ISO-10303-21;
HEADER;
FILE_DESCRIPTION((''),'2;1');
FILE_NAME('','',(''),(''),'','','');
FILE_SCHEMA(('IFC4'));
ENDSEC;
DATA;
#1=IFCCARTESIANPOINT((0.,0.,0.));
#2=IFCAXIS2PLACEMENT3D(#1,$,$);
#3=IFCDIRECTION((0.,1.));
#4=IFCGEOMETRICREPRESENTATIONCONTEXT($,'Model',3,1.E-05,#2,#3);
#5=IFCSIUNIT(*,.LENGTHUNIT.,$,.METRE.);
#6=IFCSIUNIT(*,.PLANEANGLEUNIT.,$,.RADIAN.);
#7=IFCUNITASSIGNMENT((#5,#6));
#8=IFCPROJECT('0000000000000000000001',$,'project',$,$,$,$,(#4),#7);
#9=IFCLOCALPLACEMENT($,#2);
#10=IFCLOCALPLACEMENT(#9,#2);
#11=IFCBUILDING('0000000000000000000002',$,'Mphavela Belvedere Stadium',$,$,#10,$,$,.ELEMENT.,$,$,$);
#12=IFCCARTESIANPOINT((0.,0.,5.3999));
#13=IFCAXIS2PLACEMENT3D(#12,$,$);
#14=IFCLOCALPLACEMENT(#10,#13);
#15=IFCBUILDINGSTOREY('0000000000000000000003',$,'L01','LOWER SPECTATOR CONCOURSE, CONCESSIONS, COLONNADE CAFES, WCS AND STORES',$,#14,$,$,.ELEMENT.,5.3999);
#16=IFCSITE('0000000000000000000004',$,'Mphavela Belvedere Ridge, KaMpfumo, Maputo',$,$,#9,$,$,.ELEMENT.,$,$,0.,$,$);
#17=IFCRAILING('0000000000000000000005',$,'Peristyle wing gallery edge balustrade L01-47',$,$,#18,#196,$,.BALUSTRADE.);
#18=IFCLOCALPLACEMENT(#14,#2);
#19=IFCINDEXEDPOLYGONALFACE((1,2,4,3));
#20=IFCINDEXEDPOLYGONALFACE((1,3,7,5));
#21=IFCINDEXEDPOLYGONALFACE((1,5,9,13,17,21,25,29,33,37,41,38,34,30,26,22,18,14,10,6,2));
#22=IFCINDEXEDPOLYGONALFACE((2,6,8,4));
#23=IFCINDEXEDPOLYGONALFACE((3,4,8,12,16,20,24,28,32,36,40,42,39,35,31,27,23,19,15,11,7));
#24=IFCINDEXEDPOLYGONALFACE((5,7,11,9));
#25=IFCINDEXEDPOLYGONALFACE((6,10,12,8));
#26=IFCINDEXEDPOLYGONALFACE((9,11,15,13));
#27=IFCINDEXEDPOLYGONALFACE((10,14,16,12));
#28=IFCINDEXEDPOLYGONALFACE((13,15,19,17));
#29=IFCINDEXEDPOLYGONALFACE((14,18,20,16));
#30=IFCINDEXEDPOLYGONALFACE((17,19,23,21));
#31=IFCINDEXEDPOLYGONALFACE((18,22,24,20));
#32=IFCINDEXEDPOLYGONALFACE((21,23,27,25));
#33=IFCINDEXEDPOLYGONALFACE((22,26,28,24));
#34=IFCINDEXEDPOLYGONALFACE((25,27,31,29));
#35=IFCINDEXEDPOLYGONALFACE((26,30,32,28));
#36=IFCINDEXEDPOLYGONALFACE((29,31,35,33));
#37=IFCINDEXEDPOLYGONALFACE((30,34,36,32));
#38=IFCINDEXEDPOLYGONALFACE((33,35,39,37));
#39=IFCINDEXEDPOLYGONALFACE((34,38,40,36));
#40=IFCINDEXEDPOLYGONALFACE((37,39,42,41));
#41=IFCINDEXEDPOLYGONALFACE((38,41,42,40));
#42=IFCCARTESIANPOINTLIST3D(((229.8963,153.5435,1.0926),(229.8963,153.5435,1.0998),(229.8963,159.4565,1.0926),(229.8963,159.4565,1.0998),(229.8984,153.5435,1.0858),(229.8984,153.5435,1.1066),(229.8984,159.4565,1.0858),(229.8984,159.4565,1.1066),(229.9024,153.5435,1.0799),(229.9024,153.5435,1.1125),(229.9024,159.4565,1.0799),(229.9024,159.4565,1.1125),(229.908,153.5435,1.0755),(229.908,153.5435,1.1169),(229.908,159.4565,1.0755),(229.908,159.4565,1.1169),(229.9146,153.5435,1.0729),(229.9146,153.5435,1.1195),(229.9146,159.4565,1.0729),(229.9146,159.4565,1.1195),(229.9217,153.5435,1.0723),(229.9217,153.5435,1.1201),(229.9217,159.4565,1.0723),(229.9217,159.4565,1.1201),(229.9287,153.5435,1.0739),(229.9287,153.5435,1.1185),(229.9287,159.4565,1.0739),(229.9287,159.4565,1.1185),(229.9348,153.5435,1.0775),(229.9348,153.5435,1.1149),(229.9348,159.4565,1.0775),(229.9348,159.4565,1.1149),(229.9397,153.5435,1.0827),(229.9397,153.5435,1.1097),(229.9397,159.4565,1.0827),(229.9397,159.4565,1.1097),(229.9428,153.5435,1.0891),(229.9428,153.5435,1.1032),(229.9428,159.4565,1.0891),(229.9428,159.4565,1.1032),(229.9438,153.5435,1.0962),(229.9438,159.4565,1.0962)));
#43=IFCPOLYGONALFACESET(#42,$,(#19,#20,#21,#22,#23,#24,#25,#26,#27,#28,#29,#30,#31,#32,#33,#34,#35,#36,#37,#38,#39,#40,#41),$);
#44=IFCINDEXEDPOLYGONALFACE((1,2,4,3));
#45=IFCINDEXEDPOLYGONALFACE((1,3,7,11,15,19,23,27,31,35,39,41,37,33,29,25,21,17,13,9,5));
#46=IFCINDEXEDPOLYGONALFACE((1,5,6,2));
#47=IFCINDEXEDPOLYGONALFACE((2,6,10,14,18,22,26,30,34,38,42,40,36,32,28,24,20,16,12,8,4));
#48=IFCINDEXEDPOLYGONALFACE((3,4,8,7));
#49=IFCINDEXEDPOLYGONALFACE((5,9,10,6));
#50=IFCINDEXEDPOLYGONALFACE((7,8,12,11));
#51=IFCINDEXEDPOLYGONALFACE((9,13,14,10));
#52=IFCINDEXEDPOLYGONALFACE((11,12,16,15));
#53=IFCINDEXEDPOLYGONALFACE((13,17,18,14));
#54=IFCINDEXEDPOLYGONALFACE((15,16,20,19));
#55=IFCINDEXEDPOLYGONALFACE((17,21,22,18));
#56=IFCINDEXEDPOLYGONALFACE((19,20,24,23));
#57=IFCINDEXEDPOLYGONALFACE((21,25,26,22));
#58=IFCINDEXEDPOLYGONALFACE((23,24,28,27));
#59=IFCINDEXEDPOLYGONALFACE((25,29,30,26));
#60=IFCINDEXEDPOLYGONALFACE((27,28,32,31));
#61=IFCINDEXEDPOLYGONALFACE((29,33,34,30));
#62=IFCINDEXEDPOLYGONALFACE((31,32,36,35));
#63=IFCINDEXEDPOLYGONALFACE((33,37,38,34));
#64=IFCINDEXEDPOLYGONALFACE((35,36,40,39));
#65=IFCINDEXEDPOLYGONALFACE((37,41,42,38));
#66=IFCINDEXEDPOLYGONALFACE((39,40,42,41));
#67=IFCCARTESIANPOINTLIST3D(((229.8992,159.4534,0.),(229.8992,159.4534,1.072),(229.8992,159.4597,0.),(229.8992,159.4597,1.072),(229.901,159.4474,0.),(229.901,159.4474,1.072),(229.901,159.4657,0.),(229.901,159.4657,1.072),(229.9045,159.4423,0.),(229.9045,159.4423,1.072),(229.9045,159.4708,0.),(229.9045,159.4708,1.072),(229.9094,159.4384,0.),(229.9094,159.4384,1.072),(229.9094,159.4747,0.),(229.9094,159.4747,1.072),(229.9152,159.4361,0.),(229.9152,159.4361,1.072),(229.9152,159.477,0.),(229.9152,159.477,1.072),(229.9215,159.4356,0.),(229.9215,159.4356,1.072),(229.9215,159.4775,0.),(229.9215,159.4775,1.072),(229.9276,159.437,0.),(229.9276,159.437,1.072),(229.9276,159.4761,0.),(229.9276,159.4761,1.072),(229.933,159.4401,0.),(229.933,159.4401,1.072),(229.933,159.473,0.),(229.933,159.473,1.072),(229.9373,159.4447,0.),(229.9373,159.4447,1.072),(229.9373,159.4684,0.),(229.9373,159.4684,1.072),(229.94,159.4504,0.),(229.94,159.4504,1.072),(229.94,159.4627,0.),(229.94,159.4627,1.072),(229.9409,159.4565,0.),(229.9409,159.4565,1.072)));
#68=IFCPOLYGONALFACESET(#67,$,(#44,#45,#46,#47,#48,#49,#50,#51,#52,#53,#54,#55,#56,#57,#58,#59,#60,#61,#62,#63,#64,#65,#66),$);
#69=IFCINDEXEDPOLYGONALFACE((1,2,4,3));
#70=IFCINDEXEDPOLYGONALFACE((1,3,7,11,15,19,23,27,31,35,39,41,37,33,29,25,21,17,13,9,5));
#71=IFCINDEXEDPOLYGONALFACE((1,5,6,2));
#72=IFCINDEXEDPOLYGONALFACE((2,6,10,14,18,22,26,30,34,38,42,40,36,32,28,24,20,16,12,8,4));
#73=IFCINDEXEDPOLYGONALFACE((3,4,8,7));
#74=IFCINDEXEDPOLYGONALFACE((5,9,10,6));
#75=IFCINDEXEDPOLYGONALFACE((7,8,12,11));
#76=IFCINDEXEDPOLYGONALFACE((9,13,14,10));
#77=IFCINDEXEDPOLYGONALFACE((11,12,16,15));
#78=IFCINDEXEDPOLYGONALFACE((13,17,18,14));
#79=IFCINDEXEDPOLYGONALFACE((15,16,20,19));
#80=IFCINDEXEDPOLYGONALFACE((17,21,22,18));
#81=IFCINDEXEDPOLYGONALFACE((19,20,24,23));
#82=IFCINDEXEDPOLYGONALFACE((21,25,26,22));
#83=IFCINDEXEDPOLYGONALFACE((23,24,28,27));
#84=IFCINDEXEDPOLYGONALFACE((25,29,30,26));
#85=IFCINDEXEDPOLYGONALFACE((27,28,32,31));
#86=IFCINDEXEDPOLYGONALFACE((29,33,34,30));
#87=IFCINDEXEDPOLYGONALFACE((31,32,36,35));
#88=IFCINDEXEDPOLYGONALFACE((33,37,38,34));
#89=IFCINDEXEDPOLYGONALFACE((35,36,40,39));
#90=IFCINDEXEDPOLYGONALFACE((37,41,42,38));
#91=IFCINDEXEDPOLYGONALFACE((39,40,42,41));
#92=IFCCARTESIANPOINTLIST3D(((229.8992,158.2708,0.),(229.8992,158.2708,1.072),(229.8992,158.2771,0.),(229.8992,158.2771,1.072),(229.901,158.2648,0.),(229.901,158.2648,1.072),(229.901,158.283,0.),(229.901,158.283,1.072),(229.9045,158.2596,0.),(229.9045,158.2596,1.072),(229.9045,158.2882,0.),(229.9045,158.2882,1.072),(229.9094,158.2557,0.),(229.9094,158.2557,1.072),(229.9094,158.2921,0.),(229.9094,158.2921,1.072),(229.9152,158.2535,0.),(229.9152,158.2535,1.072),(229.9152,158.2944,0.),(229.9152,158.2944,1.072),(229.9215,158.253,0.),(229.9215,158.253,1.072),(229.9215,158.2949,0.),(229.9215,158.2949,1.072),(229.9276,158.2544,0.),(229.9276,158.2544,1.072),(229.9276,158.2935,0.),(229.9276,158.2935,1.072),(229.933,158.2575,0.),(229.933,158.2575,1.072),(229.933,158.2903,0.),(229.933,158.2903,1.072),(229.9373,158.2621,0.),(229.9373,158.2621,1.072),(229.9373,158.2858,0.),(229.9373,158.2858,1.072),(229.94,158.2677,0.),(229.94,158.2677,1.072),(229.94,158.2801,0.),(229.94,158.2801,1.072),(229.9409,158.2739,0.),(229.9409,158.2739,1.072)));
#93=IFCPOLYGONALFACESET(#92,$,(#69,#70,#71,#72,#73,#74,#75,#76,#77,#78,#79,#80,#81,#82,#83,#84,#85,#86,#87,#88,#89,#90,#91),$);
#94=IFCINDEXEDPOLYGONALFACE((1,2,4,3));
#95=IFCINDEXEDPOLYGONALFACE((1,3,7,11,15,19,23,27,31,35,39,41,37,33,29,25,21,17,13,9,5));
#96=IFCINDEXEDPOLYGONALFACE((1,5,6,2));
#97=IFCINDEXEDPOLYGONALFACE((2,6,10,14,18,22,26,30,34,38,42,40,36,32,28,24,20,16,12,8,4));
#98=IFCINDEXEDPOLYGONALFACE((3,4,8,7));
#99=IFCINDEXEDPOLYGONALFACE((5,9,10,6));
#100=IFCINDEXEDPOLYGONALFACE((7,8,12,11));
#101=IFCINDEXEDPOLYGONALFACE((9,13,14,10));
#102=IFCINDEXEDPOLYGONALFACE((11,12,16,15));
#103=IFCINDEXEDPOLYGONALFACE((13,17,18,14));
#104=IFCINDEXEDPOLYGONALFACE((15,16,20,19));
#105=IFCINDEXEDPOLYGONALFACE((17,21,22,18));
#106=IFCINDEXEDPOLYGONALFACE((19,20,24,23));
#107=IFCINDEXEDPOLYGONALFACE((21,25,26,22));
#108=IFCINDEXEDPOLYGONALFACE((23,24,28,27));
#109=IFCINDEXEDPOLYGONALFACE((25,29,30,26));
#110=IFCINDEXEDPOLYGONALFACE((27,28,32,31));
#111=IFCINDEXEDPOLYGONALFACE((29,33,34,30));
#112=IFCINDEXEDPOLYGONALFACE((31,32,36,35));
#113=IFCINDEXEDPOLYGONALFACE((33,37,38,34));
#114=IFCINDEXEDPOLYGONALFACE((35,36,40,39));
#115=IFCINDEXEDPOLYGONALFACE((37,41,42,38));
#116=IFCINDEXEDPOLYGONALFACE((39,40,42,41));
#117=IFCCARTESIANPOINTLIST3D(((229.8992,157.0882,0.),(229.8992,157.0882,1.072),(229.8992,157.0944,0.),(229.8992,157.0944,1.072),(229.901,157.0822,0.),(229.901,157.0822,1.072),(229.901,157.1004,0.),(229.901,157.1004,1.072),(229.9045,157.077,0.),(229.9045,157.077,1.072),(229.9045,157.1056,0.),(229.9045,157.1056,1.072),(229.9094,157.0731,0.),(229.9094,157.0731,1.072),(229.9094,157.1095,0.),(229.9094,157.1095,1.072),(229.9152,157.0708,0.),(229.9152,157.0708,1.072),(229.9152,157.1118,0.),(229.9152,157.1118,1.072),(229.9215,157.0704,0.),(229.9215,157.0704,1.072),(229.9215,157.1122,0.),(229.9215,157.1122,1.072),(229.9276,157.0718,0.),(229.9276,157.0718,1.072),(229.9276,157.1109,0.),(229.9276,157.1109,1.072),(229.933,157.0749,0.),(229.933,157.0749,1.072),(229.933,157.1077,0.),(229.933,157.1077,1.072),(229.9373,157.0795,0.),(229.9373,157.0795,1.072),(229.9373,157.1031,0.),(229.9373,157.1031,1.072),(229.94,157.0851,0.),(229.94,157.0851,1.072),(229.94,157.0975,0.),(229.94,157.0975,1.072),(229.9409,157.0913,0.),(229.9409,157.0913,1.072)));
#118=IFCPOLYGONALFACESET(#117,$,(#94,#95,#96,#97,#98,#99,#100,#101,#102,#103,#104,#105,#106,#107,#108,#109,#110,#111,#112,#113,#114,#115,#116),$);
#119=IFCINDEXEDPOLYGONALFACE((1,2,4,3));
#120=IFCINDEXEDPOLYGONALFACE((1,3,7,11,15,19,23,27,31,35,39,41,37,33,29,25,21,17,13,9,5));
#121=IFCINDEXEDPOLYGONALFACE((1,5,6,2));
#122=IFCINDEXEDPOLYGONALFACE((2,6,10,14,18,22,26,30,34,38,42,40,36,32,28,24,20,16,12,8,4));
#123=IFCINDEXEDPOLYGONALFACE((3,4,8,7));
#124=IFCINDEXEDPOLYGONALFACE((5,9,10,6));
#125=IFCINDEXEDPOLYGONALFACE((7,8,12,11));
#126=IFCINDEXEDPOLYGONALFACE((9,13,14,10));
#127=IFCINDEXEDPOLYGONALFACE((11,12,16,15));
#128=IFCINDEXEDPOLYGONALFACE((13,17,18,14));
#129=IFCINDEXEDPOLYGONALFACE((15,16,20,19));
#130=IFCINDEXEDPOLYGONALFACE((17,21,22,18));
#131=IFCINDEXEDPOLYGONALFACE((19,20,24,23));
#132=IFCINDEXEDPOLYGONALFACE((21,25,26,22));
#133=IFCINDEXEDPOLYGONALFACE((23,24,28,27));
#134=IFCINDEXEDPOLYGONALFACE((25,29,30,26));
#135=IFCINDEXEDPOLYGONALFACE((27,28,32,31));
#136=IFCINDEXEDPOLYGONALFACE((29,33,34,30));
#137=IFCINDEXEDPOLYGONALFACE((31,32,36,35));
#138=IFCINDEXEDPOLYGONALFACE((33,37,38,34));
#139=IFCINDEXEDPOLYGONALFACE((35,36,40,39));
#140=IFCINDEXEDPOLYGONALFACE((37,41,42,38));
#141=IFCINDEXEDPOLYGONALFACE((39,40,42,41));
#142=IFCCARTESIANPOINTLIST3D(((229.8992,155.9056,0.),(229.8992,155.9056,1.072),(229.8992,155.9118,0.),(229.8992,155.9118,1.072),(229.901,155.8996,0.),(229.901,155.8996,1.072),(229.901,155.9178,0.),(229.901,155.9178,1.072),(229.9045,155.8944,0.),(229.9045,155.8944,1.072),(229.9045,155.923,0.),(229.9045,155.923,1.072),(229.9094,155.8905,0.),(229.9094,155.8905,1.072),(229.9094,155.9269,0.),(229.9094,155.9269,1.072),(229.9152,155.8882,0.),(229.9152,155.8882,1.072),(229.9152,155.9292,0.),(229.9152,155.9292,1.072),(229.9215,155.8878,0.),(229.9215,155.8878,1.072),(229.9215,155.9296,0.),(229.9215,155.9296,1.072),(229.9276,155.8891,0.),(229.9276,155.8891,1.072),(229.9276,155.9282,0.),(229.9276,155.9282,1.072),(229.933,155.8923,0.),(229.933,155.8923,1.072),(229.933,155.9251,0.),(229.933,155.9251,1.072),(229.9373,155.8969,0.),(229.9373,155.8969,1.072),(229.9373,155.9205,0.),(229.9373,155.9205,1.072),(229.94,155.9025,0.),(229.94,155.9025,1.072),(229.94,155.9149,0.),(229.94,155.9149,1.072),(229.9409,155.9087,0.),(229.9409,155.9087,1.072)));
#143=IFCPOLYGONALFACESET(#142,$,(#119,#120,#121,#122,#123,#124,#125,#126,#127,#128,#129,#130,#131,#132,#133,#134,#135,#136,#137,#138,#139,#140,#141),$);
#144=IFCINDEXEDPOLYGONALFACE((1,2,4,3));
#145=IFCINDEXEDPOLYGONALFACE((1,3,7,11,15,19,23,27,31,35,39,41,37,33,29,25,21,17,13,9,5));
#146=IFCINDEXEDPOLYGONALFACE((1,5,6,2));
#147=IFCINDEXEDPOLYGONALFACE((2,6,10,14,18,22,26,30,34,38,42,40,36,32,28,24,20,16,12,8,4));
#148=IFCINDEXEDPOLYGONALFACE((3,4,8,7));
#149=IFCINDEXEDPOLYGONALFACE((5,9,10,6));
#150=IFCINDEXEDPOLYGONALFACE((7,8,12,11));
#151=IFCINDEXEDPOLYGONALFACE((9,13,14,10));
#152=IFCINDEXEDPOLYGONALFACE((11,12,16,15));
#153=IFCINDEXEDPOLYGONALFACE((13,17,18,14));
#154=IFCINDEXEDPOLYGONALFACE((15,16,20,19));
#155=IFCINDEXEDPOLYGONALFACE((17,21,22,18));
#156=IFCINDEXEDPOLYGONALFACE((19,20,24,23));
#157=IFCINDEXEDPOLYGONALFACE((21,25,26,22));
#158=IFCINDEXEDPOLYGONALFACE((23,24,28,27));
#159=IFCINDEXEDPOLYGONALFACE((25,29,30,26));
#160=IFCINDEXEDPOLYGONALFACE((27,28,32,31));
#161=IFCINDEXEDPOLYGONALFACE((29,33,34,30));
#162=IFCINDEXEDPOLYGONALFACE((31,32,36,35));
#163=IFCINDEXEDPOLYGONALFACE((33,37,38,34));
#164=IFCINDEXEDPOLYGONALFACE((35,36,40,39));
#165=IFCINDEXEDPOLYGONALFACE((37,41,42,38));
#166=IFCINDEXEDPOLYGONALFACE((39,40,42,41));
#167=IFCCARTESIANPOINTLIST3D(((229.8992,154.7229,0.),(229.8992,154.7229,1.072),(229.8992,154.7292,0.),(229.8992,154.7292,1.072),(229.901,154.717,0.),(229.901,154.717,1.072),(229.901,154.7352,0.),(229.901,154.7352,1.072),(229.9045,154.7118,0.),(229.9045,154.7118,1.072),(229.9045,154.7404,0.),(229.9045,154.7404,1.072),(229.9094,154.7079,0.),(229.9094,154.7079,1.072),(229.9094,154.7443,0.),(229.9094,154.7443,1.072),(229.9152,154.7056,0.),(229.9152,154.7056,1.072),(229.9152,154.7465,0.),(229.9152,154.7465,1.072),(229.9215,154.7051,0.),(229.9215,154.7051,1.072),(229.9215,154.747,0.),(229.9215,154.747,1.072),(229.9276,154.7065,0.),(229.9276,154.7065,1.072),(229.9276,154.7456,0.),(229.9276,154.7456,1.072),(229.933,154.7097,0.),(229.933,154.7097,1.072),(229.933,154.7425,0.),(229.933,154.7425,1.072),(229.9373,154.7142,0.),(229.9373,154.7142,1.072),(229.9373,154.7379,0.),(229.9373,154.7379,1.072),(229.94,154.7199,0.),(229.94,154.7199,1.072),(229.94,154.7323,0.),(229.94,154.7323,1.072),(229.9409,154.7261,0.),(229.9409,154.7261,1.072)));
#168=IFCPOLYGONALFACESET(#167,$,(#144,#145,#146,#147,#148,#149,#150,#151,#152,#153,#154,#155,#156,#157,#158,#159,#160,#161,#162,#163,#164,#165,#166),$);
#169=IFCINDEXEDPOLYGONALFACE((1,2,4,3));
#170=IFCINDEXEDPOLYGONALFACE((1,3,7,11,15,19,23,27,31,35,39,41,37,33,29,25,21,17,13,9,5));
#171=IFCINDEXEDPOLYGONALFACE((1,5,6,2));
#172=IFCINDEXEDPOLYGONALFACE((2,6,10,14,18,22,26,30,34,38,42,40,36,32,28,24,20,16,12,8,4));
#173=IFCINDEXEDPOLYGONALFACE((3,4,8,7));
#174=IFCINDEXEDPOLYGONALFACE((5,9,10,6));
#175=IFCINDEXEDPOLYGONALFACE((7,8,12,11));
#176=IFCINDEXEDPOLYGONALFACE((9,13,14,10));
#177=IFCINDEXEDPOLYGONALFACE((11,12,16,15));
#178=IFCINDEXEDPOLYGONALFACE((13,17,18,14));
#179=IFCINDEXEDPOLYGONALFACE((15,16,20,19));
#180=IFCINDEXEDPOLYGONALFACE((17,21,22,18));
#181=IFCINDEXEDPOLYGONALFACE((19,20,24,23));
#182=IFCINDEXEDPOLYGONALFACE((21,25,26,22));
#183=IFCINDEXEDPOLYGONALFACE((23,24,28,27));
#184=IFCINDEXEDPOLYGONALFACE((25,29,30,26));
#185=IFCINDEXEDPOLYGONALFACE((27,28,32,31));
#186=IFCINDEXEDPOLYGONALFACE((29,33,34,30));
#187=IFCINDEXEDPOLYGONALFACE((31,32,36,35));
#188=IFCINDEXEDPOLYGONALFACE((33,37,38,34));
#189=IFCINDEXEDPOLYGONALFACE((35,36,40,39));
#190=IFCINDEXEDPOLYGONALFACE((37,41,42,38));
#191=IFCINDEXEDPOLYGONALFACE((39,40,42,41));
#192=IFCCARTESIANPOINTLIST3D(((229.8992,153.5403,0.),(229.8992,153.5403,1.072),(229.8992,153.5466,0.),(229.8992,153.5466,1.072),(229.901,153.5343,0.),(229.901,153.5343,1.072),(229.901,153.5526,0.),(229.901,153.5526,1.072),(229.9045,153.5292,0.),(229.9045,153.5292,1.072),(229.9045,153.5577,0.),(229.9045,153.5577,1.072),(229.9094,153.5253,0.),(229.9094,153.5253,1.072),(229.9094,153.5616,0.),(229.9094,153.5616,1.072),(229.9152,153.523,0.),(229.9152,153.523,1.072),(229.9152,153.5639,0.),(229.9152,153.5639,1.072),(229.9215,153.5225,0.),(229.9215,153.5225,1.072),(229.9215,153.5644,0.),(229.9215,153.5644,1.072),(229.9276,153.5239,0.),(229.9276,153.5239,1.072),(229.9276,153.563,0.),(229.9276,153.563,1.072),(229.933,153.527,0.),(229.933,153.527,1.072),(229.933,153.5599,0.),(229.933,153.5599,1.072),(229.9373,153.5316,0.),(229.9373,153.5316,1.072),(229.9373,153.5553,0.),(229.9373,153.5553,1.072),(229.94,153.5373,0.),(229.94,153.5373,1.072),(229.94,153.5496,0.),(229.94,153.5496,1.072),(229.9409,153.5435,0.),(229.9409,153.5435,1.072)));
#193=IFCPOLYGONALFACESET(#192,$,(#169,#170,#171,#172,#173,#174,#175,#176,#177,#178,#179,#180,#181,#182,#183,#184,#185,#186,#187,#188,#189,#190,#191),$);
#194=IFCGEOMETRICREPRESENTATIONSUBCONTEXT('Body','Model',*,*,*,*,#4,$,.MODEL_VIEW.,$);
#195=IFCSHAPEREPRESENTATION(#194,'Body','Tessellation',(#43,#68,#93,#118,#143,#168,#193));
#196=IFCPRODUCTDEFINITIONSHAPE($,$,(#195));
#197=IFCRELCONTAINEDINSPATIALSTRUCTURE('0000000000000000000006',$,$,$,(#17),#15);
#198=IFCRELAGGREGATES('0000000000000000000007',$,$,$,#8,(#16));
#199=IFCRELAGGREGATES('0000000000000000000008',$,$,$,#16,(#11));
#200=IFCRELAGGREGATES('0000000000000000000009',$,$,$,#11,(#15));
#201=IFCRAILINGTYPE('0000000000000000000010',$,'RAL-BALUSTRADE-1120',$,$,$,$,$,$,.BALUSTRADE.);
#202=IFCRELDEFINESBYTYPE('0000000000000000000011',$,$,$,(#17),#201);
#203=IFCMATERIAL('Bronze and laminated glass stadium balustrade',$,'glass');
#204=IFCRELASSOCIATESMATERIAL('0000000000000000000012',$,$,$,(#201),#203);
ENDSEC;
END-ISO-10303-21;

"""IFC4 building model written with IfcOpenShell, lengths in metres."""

from ifc_helpers import new_model, si_unit, direction, frame, origin, origin_2d, place, context, subcontext, project, spatial, circle, extrude, material, type_object, element, save


model = new_model("IFC4")

# Units and contexts
model_context = context("Model", 3, precision=1e-05, world=origin(), true_north=direction((0.0, 1.0)))
body_context = subcontext(model_context, "Body", "Model", "MODEL_VIEW")
ifc_project = project(units=[si_unit("LENGTHUNIT", "METRE"), si_unit("PLANEANGLEUNIT", "RADIAN")], contexts=[model_context])

# Site, building, storey
site_placement = place(None, origin())
site = spatial("IfcSite", under=ifc_project, at=site_placement, Name="Mphavela Belvedere Ridge, KaMpfumo, Maputo", CompositionType="ELEMENT", RefElevation=0.0)
building_placement = place(site_placement, origin())
building = spatial("IfcBuilding", under=site, at=building_placement, Name="Mphavela Belvedere Stadium", CompositionType="ELEMENT")
storey_placement = place(building_placement, frame((0.0, 0.0, 5.3999)))
storey = spatial("IfcBuildingStorey", under=building, at=storey_placement, Name="L01", Description="LOWER SPECTATOR CONCOURSE, CONCESSIONS, COLONNADE CAFES, WCS AND STORES", CompositionType="ELEMENT", Elevation=5.3999)

# Railing
ifc_material_1 = material(Name="Bronze and laminated glass stadium balustrade", Category="glass")
railing_type = type_object("IfcRailingType", Name="RAL-BALUSTRADE-1120", PredefinedType="BALUSTRADE", material=ifc_material_1)
for number, where, name in (
    (1, (229.9199, 159.4565, 0.0), "Peristyle wing gallery edge balustrade L01-47"),
):
    element("IfcRailing", number, at=place(storey_placement, frame(where)), inside=storey, type_object=railing_type, Name=name, PredefinedType="BALUSTRADE", context=body_context, shape_type="SweptSolid", body=[
        extrude(circle(Radius=0.0239, at=origin_2d()), frame((0.0, 0.0, 1.0962), z_axis=(0.0, -1.0, 0.0), x_axis=(1.0, 0.0, 0.0)), (0.0, 0.0, 1.0), 5.9131),
        extrude(circle(Radius=0.021, at=origin_2d()), origin(), (0.0, 0.0, 1.0), 1.072),
        extrude(circle(Radius=0.021, at=origin_2d()), frame((0.0, -1.1826, 0.0)), (0.0, 0.0, 1.0), 1.072),
        extrude(circle(Radius=0.021, at=origin_2d()), frame((0.0, -2.3652, 0.0)), (0.0, 0.0, 1.0), 1.072),
        extrude(circle(Radius=0.021, at=origin_2d()), frame((0.0, -3.5479, 0.0)), (0.0, 0.0, 1.0), 1.072),
        extrude(circle(Radius=0.021, at=origin_2d()), frame((0.0, -4.7305, 0.0)), (0.0, 0.0, 1.0), 1.072),
        extrude(circle(Radius=0.021, at=origin_2d()), frame((0.0, -5.9131, 0.0)), (0.0, 0.0, 1.0), 1.072),
    ])

save(model, "model.ifc")
